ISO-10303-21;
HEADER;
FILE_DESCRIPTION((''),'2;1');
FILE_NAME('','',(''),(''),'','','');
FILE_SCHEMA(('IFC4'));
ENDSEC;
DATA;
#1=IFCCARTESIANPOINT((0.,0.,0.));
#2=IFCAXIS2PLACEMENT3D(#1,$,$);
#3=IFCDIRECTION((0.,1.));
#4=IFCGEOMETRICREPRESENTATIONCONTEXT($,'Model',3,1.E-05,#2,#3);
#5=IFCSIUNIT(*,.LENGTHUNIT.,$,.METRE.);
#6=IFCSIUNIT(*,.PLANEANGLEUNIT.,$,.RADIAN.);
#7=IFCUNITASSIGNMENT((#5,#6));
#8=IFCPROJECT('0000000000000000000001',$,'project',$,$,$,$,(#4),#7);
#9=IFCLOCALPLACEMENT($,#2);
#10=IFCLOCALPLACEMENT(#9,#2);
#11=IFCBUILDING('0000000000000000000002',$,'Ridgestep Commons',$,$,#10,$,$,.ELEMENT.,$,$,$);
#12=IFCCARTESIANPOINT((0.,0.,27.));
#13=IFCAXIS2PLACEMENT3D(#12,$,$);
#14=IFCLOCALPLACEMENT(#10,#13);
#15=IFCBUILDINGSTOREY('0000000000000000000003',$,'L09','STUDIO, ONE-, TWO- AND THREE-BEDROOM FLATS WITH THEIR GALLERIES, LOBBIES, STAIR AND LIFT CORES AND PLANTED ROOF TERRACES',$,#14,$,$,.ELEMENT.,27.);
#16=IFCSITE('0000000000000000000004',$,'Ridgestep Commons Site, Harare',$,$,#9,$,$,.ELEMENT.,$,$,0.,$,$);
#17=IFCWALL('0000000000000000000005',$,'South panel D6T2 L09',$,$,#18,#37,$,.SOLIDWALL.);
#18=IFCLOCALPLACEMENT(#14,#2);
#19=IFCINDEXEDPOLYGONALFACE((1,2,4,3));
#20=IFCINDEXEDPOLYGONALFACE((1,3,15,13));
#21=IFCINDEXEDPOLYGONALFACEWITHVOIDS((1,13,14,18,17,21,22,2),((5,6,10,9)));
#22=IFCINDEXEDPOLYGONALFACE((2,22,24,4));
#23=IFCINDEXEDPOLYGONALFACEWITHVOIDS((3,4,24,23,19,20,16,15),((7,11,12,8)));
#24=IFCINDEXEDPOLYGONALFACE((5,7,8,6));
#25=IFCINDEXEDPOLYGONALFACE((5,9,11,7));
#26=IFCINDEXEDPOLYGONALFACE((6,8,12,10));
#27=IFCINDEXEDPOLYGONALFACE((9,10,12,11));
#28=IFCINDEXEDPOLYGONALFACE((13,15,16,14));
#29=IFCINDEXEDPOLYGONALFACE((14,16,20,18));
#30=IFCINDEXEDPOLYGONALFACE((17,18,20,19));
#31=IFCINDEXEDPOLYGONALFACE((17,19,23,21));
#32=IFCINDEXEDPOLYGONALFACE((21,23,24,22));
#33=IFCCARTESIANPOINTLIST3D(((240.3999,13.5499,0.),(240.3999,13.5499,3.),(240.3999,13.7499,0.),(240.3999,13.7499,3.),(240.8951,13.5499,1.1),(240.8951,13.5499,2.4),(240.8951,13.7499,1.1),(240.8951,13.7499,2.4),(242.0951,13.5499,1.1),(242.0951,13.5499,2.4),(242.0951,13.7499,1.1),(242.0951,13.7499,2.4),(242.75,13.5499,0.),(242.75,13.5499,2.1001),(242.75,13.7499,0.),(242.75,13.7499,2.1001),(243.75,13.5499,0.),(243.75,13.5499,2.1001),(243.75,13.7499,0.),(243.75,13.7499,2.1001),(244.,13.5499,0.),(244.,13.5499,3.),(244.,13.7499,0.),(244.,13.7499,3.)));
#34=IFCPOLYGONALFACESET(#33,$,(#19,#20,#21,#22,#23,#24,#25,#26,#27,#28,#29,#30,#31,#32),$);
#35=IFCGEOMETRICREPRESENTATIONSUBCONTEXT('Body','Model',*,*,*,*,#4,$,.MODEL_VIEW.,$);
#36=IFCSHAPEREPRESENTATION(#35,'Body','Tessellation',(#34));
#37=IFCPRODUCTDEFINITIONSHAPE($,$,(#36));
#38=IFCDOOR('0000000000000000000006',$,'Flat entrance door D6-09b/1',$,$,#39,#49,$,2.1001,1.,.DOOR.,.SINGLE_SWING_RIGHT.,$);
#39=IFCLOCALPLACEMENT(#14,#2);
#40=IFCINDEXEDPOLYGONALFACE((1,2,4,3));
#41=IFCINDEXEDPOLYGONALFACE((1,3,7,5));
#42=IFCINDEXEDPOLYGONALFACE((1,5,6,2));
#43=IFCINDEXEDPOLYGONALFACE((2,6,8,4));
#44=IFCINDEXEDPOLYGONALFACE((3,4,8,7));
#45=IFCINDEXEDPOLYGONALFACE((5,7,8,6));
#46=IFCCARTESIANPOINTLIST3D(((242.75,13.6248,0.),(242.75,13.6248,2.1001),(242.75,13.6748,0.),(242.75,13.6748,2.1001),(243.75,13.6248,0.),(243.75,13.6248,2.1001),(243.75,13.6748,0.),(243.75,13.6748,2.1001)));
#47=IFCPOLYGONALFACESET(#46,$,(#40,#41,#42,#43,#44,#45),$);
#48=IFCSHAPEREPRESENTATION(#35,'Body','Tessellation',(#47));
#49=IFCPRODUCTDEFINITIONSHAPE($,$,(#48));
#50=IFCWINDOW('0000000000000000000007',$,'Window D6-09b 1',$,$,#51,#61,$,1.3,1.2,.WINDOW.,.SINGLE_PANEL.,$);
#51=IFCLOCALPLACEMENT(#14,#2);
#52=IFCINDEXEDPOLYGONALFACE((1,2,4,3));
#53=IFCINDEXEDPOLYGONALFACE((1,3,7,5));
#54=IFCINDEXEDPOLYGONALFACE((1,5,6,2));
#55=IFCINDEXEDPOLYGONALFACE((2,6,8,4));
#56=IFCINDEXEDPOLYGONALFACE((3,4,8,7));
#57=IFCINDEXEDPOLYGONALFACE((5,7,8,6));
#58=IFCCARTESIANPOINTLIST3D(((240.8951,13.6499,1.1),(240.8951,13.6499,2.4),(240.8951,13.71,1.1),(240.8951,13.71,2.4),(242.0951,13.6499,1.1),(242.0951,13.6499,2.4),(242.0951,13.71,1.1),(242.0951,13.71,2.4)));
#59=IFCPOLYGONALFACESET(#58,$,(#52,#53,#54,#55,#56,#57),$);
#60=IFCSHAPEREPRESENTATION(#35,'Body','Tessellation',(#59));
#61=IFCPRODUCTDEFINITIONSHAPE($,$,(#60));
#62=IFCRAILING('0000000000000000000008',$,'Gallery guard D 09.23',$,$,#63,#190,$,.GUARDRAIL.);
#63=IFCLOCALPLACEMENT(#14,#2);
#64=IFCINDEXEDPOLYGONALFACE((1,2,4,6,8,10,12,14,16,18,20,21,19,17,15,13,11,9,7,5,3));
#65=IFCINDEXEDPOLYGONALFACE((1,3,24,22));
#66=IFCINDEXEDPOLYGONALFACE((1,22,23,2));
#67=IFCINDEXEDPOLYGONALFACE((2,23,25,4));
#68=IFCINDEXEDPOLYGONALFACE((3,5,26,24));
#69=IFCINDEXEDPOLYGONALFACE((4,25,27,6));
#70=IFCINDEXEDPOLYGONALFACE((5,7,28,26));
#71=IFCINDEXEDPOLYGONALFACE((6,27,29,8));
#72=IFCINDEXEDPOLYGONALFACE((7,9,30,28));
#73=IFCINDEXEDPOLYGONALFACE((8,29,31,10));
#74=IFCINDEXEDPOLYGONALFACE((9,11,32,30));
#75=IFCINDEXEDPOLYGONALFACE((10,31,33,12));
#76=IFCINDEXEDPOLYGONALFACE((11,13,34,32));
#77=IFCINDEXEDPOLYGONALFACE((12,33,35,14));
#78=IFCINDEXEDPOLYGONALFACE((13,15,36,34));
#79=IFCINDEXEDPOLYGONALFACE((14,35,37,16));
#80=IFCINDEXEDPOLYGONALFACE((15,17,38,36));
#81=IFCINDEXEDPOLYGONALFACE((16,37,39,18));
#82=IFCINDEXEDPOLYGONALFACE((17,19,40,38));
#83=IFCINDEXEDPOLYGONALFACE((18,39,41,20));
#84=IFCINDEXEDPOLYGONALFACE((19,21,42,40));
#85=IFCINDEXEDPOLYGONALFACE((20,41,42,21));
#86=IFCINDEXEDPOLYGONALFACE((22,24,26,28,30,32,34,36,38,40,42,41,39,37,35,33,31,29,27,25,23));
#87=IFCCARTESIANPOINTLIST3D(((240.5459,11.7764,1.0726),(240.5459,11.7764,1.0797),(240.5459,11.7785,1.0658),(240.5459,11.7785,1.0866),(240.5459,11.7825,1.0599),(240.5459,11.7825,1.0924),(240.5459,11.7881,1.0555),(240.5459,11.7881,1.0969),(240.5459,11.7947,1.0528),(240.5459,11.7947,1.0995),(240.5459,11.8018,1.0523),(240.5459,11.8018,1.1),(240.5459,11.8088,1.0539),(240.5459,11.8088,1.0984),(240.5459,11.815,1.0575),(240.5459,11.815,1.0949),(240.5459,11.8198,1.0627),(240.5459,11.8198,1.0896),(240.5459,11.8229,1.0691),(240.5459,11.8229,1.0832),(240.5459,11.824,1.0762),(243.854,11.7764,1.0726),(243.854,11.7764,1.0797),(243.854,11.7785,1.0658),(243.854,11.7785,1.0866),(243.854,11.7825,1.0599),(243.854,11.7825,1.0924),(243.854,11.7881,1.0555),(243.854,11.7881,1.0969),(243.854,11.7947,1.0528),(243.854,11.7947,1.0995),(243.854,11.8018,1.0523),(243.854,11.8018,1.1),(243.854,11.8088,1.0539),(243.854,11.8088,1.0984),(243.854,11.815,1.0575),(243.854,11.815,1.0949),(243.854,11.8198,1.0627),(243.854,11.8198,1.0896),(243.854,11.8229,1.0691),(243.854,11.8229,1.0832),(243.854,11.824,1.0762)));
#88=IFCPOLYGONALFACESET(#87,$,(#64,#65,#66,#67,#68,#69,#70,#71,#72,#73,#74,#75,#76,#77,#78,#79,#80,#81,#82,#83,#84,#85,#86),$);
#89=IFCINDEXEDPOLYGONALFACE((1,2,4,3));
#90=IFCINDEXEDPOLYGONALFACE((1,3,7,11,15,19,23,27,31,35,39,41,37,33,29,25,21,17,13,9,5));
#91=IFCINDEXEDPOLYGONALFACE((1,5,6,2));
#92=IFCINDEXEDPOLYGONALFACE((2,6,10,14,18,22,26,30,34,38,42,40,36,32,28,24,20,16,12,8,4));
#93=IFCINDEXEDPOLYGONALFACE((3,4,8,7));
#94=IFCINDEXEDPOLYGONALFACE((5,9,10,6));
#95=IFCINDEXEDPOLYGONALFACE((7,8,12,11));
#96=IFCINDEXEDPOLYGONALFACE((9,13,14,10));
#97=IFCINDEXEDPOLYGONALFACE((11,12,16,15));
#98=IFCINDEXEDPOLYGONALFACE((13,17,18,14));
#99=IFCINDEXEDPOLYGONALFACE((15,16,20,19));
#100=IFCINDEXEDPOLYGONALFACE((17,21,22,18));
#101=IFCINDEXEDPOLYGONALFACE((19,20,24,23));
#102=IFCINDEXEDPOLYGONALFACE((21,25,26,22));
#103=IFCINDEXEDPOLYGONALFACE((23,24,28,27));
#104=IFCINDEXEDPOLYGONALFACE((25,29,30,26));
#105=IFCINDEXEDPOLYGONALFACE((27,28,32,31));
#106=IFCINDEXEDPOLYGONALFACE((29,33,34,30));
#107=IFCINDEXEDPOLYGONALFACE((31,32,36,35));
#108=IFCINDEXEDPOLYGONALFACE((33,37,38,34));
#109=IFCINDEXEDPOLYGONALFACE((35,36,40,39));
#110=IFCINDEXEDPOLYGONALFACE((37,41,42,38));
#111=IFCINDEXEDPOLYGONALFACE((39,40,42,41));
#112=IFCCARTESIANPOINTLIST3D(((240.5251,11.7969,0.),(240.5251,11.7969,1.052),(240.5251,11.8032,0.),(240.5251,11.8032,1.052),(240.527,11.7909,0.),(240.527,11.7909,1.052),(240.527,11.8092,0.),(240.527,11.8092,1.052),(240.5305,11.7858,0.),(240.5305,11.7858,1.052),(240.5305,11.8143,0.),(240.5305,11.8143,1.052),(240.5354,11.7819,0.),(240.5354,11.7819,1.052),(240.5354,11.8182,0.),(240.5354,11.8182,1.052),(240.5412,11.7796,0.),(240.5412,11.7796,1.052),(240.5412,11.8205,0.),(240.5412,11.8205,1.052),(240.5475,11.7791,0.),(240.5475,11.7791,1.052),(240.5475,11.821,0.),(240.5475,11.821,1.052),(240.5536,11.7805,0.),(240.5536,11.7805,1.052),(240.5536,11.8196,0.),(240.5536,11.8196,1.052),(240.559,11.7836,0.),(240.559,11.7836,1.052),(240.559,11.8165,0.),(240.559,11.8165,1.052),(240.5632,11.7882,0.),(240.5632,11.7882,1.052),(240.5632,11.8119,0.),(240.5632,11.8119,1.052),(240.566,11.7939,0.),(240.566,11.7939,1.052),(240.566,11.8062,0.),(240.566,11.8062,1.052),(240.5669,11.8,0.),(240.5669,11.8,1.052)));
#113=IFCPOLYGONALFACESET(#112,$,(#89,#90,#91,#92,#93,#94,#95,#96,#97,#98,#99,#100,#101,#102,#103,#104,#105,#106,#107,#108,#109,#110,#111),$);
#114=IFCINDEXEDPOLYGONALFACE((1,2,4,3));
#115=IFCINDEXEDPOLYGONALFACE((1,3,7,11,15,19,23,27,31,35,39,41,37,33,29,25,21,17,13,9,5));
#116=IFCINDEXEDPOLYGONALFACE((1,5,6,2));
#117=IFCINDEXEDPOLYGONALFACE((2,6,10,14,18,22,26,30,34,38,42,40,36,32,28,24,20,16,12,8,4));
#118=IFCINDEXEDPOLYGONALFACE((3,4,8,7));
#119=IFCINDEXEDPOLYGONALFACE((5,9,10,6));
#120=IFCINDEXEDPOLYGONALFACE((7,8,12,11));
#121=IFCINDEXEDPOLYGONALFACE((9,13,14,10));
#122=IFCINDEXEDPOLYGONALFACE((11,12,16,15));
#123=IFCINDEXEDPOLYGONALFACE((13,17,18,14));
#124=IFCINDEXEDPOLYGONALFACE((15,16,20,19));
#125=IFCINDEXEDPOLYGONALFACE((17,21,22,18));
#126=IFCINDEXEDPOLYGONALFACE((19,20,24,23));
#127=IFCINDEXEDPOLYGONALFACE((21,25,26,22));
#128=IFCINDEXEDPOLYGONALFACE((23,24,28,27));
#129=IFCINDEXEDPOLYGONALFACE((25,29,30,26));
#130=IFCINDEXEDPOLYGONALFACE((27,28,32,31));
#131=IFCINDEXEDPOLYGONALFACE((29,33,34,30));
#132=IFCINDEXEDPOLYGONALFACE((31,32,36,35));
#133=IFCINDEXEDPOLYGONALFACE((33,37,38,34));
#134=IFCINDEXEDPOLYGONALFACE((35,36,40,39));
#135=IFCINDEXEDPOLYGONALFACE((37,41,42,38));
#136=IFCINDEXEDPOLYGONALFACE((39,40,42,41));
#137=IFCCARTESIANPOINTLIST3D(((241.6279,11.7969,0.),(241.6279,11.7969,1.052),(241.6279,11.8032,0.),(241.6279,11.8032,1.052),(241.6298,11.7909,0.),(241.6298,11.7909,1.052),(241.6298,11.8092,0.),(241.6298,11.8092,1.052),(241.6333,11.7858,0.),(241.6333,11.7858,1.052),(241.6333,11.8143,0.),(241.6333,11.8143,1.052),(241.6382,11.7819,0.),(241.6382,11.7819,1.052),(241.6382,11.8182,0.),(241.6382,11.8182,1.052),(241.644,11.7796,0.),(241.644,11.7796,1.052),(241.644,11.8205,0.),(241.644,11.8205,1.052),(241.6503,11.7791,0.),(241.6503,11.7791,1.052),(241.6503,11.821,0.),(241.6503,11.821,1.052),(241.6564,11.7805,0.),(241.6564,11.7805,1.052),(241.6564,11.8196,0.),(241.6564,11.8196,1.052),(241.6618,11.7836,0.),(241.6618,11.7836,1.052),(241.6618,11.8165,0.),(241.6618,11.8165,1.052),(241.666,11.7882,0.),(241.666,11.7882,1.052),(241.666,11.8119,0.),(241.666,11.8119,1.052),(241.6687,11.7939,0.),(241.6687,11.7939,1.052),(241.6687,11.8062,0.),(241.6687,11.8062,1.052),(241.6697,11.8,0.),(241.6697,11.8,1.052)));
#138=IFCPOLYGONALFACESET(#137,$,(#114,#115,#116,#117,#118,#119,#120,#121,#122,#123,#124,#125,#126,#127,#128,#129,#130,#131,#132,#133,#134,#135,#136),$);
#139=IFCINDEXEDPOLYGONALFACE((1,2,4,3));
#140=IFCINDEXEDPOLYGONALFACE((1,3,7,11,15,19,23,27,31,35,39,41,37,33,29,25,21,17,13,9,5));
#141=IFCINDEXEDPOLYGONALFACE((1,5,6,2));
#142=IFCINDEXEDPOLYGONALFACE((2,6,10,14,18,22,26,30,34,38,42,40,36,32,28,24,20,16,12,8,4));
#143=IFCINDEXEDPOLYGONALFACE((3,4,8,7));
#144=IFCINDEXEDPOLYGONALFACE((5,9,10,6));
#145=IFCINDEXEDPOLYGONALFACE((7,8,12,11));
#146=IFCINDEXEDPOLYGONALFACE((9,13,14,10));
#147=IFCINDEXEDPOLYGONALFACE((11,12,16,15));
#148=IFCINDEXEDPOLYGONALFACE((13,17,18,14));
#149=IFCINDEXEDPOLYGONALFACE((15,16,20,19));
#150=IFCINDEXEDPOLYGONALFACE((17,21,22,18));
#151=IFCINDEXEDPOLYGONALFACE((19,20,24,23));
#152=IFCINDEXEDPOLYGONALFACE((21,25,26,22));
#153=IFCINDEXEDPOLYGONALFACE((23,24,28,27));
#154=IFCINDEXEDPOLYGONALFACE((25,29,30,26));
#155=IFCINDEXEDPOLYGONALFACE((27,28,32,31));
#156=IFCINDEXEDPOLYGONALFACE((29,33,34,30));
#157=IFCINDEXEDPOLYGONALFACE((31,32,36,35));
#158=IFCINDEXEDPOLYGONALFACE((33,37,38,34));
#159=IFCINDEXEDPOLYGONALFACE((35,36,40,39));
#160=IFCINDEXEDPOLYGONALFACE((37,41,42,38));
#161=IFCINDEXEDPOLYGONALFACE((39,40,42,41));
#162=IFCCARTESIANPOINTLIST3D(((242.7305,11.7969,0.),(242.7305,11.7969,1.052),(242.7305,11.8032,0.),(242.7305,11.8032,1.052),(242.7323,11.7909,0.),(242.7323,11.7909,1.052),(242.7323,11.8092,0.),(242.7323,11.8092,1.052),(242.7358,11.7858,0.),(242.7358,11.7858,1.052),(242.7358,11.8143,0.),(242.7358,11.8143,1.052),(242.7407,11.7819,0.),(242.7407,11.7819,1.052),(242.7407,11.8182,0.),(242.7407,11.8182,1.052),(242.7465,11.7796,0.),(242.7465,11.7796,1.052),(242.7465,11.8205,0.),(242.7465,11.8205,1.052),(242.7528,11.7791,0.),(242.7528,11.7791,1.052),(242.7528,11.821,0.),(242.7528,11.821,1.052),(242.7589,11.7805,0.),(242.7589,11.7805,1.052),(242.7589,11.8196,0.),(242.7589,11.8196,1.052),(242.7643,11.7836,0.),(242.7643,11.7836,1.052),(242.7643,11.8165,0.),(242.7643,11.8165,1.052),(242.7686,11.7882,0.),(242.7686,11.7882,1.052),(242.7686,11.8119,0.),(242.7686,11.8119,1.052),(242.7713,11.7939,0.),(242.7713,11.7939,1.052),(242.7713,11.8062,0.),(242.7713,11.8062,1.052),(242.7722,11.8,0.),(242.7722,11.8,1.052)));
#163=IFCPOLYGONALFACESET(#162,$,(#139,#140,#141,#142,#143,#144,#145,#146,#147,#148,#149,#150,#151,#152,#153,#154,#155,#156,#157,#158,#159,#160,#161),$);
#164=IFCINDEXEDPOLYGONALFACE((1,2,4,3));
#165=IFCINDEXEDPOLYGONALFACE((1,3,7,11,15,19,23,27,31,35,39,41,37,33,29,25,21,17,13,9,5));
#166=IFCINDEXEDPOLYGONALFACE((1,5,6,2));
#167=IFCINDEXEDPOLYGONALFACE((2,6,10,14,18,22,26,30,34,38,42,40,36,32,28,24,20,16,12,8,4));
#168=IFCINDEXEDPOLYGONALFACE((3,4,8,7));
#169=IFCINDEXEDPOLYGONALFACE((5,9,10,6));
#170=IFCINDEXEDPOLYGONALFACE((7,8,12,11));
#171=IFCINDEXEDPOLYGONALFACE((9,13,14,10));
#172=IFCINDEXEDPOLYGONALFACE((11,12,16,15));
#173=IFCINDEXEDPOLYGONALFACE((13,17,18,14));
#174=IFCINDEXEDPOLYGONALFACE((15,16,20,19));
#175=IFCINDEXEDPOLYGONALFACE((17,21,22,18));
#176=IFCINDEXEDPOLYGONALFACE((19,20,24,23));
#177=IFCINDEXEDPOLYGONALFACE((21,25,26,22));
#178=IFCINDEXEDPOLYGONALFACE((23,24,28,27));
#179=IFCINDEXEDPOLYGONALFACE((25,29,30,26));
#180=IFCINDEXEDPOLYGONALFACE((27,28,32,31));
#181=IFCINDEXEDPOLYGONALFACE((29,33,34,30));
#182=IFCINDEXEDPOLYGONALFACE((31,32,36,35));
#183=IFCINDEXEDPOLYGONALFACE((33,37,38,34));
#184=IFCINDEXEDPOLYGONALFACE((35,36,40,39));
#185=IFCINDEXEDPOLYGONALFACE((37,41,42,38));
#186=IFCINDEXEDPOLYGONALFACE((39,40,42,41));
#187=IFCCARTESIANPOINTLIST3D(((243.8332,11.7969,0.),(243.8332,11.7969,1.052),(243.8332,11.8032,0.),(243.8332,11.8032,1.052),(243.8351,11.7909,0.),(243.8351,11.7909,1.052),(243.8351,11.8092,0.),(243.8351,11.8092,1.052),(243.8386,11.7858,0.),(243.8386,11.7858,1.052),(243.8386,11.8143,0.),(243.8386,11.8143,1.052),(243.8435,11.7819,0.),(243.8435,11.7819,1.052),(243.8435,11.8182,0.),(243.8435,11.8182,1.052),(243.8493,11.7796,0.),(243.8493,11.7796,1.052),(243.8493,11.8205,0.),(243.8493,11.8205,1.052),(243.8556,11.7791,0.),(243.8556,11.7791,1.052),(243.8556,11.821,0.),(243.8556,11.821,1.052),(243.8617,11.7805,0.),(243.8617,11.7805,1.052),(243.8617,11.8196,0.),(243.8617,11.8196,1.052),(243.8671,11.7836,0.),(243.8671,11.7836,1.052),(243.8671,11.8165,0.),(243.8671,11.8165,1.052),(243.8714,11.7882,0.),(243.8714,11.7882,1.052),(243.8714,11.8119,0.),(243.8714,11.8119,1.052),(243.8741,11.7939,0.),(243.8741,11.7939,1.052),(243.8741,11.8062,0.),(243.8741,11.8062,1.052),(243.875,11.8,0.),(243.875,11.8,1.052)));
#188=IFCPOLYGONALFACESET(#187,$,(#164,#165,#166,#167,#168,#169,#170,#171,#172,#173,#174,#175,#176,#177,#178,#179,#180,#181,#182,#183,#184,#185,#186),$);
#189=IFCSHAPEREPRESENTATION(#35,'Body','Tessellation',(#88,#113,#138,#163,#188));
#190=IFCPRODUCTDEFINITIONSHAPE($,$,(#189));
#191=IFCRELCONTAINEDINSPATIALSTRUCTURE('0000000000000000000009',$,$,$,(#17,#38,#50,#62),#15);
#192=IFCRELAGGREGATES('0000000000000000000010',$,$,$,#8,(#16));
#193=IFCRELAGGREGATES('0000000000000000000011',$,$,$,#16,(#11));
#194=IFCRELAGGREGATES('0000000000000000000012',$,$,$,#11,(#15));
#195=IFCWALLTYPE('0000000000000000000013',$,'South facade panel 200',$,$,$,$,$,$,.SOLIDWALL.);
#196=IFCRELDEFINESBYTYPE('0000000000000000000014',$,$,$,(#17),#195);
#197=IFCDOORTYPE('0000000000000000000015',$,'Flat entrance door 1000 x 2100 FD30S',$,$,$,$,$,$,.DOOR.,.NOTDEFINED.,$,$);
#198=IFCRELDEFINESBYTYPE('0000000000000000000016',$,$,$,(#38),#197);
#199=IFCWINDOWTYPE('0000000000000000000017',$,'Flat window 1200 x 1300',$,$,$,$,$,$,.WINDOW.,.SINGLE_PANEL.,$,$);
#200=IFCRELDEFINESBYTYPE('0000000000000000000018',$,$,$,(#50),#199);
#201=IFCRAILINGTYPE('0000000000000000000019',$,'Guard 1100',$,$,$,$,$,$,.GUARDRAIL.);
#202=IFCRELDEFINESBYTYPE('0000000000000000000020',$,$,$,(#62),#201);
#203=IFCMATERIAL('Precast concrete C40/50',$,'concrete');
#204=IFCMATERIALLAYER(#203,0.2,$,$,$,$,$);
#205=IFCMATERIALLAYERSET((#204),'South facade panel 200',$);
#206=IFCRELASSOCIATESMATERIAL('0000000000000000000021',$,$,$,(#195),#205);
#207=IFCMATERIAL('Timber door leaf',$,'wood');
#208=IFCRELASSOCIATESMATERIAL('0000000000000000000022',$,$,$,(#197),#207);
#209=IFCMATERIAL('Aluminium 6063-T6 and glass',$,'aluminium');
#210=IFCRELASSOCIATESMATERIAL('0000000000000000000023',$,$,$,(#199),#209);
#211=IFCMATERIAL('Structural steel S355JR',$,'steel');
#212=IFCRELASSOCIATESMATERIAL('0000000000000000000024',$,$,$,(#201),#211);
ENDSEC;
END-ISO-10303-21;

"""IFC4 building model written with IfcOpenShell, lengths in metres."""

from ifc_helpers import new_model, si_unit, direction, frame, frame_2d, origin, origin_2d, place, context, subcontext, project, spatial, rectangle, circle, extrude, material, layer, layer_set, type_object, element, fill, save


model = new_model("IFC4")

# Units and contexts
model_context = context("Model", 3, precision=1e-05, world=origin(), true_north=direction((0.0, 1.0)))
body_context = subcontext(model_context, "Body", "Model", "MODEL_VIEW")
ifc_project = project(units=[si_unit("LENGTHUNIT", "METRE"), si_unit("PLANEANGLEUNIT", "RADIAN")], contexts=[model_context])

# Site, building, storey
site_placement = place(None, origin())
site = spatial("IfcSite", under=ifc_project, at=site_placement, Name="Ridgestep Commons Site, Harare", CompositionType="ELEMENT", RefElevation=0.0)
building_placement = place(site_placement, origin())
building = spatial("IfcBuilding", under=site, at=building_placement, Name="Ridgestep Commons", CompositionType="ELEMENT")
storey_placement = place(building_placement, frame((0.0, 0.0, 27.0)))
storey = spatial("IfcBuildingStorey", under=building, at=storey_placement, Name="L09", Description="STUDIO, ONE-, TWO- AND THREE-BEDROOM FLATS WITH THEIR GALLERIES, LOBBIES, STAIR AND LIFT CORES AND PLANTED ROOF TERRACES", CompositionType="ELEMENT", Elevation=27.0)

# Wall, openings, door, window
ifc_material_1 = material(Name="Precast concrete C40/50", Category="concrete")
ifc_layer_1 = layer(ifc_material_1, 0.2)
ifc_layer_set_1 = layer_set([ifc_layer_1], Name="South facade panel 200")
wall_type_1 = type_object("IfcWallType", Name="South facade panel 200", PredefinedType="SOLIDWALL", material=ifc_layer_set_1)
wall_1_placement = place(storey_placement, frame((240.3999, 13.6499, 0.0), z_axis=(0.0, 0.0, 1.0), x_axis=(1.0, 0.0, 0.0)))
wall_1 = element("IfcWall", 1, at=wall_1_placement, inside=storey, type_object=wall_type_1, Name="South panel D6T2 L09", PredefinedType="SOLIDWALL", context=body_context, shape_type="SweptSolid", body=[
    extrude(rectangle(XDim=3.6001, YDim=0.2, at=frame_2d((1.8, 0.0))), origin(), (0.0, 0.0, 1.0), 3.0),
])
opening_1_placement = place(wall_1_placement, frame((0.4951, 0.0, 1.1001)))
opening_1 = element("IfcOpeningElement", 2, at=opening_1_placement, cuts=wall_1, PredefinedType="OPENING", context=body_context, shape_type="SweptSolid", body=[
    extrude(rectangle(XDim=1.2, YDim=1.3, at=frame_2d((0.6001, 0.6499))), frame((0.0, 0.1099, 0.0), z_axis=(0.0, -1.0, 0.0), x_axis=(1.0, 0.0, 0.0)), (0.0, 0.0, 1.0), 0.22),
])
opening_2_placement = place(wall_1_placement, frame((2.3501, 0.0, 0.0)))
opening_2 = element("IfcOpeningElement", 3, at=opening_2_placement, cuts=wall_1, PredefinedType="OPENING", context=body_context, shape_type="SweptSolid", body=[
    extrude(rectangle(XDim=1.0, YDim=2.1001, at=frame_2d((0.5, 1.05))), frame((0.0, 0.1099, 0.0), z_axis=(0.0, -1.0, 0.0), x_axis=(1.0, 0.0, 0.0)), (0.0, 0.0, 1.0), 0.22),
])
ifc_material_2 = material(Name="Timber door leaf", Category="wood")
door_type_1 = type_object("IfcDoorType", Name="Flat entrance door 1000 x 2100 FD30S", OperationType="NOTDEFINED", PredefinedType="DOOR", material=ifc_material_2)
door_1_placement = place(opening_2_placement, origin())
door_1 = element("IfcDoor", 4, at=door_1_placement, inside=storey, type_object=door_type_1, Name="Flat entrance door D6-09b/1", OperationType="SINGLE_SWING_RIGHT", OverallHeight=2.1001, OverallWidth=1.0, PredefinedType="DOOR", context=body_context, shape_type="SweptSolid", body=[
    extrude(rectangle(XDim=1.0, YDim=2.1001, at=frame_2d((0.5, 1.05))), frame((0.0, 0.0249, 0.0), z_axis=(0.0, -1.0, 0.0), x_axis=(1.0, 0.0, 0.0)), (0.0, 0.0, 1.0), 0.05),
])
fill(opening_2, door_1)
ifc_material_3 = material(Name="Aluminium 6063-T6 and glass", Category="aluminium")
window_type = type_object("IfcWindowType", Name="Flat window 1200 x 1300", PartitioningType="SINGLE_PANEL", PredefinedType="WINDOW", material=ifc_material_3)
window_placement = place(opening_1_placement, origin())
window = element("IfcWindow", 5, at=window_placement, inside=storey, type_object=window_type, Name="Window D6-09b 1", OverallHeight=1.3, OverallWidth=1.2, PartitioningType="SINGLE_PANEL", PredefinedType="WINDOW", context=body_context, shape_type="SweptSolid", body=[
    extrude(rectangle(XDim=1.2, YDim=1.3, at=frame_2d((0.6001, 0.6499))), frame((0.0, 0.0601, 0.0), z_axis=(0.0, -1.0, 0.0), x_axis=(1.0, 0.0, 0.0)), (0.0, 0.0, 1.0), 0.0601),
])
fill(opening_1, window)

# Railing
ifc_material_4 = material(Name="Structural steel S355JR", Category="steel")
railing_type = type_object("IfcRailingType", Name="Guard 1100", PredefinedType="GUARDRAIL", material=ifc_material_4)
railing_placement = place(storey_placement, frame((240.5459, 11.8, 0.0)))
element("IfcRailing", 6, at=railing_placement, inside=storey, type_object=railing_type, Name="Gallery guard D 09.23", PredefinedType="GUARDRAIL", context=body_context, shape_type="SweptSolid", body=[
    extrude(circle(Radius=0.0239, at=origin_2d()), frame((0.0, 0.0, 1.0762), z_axis=(1.0, 0.0, 0.0), x_axis=(0.0, 1.0, 0.0)), (0.0, 0.0, 1.0), 3.3081),
    extrude(circle(Radius=0.021, at=origin_2d()), origin(), (0.0, 0.0, 1.0), 1.052),
    extrude(circle(Radius=0.021, at=origin_2d()), frame((1.1028, 0.0, 0.0)), (0.0, 0.0, 1.0), 1.052),
    extrude(circle(Radius=0.021, at=origin_2d()), frame((2.2053, 0.0, 0.0)), (0.0, 0.0, 1.0), 1.052),
    extrude(circle(Radius=0.021, at=origin_2d()), frame((3.3081, 0.0, 0.0)), (0.0, 0.0, 1.0), 1.052),
])

save(model, "model.ifc")
